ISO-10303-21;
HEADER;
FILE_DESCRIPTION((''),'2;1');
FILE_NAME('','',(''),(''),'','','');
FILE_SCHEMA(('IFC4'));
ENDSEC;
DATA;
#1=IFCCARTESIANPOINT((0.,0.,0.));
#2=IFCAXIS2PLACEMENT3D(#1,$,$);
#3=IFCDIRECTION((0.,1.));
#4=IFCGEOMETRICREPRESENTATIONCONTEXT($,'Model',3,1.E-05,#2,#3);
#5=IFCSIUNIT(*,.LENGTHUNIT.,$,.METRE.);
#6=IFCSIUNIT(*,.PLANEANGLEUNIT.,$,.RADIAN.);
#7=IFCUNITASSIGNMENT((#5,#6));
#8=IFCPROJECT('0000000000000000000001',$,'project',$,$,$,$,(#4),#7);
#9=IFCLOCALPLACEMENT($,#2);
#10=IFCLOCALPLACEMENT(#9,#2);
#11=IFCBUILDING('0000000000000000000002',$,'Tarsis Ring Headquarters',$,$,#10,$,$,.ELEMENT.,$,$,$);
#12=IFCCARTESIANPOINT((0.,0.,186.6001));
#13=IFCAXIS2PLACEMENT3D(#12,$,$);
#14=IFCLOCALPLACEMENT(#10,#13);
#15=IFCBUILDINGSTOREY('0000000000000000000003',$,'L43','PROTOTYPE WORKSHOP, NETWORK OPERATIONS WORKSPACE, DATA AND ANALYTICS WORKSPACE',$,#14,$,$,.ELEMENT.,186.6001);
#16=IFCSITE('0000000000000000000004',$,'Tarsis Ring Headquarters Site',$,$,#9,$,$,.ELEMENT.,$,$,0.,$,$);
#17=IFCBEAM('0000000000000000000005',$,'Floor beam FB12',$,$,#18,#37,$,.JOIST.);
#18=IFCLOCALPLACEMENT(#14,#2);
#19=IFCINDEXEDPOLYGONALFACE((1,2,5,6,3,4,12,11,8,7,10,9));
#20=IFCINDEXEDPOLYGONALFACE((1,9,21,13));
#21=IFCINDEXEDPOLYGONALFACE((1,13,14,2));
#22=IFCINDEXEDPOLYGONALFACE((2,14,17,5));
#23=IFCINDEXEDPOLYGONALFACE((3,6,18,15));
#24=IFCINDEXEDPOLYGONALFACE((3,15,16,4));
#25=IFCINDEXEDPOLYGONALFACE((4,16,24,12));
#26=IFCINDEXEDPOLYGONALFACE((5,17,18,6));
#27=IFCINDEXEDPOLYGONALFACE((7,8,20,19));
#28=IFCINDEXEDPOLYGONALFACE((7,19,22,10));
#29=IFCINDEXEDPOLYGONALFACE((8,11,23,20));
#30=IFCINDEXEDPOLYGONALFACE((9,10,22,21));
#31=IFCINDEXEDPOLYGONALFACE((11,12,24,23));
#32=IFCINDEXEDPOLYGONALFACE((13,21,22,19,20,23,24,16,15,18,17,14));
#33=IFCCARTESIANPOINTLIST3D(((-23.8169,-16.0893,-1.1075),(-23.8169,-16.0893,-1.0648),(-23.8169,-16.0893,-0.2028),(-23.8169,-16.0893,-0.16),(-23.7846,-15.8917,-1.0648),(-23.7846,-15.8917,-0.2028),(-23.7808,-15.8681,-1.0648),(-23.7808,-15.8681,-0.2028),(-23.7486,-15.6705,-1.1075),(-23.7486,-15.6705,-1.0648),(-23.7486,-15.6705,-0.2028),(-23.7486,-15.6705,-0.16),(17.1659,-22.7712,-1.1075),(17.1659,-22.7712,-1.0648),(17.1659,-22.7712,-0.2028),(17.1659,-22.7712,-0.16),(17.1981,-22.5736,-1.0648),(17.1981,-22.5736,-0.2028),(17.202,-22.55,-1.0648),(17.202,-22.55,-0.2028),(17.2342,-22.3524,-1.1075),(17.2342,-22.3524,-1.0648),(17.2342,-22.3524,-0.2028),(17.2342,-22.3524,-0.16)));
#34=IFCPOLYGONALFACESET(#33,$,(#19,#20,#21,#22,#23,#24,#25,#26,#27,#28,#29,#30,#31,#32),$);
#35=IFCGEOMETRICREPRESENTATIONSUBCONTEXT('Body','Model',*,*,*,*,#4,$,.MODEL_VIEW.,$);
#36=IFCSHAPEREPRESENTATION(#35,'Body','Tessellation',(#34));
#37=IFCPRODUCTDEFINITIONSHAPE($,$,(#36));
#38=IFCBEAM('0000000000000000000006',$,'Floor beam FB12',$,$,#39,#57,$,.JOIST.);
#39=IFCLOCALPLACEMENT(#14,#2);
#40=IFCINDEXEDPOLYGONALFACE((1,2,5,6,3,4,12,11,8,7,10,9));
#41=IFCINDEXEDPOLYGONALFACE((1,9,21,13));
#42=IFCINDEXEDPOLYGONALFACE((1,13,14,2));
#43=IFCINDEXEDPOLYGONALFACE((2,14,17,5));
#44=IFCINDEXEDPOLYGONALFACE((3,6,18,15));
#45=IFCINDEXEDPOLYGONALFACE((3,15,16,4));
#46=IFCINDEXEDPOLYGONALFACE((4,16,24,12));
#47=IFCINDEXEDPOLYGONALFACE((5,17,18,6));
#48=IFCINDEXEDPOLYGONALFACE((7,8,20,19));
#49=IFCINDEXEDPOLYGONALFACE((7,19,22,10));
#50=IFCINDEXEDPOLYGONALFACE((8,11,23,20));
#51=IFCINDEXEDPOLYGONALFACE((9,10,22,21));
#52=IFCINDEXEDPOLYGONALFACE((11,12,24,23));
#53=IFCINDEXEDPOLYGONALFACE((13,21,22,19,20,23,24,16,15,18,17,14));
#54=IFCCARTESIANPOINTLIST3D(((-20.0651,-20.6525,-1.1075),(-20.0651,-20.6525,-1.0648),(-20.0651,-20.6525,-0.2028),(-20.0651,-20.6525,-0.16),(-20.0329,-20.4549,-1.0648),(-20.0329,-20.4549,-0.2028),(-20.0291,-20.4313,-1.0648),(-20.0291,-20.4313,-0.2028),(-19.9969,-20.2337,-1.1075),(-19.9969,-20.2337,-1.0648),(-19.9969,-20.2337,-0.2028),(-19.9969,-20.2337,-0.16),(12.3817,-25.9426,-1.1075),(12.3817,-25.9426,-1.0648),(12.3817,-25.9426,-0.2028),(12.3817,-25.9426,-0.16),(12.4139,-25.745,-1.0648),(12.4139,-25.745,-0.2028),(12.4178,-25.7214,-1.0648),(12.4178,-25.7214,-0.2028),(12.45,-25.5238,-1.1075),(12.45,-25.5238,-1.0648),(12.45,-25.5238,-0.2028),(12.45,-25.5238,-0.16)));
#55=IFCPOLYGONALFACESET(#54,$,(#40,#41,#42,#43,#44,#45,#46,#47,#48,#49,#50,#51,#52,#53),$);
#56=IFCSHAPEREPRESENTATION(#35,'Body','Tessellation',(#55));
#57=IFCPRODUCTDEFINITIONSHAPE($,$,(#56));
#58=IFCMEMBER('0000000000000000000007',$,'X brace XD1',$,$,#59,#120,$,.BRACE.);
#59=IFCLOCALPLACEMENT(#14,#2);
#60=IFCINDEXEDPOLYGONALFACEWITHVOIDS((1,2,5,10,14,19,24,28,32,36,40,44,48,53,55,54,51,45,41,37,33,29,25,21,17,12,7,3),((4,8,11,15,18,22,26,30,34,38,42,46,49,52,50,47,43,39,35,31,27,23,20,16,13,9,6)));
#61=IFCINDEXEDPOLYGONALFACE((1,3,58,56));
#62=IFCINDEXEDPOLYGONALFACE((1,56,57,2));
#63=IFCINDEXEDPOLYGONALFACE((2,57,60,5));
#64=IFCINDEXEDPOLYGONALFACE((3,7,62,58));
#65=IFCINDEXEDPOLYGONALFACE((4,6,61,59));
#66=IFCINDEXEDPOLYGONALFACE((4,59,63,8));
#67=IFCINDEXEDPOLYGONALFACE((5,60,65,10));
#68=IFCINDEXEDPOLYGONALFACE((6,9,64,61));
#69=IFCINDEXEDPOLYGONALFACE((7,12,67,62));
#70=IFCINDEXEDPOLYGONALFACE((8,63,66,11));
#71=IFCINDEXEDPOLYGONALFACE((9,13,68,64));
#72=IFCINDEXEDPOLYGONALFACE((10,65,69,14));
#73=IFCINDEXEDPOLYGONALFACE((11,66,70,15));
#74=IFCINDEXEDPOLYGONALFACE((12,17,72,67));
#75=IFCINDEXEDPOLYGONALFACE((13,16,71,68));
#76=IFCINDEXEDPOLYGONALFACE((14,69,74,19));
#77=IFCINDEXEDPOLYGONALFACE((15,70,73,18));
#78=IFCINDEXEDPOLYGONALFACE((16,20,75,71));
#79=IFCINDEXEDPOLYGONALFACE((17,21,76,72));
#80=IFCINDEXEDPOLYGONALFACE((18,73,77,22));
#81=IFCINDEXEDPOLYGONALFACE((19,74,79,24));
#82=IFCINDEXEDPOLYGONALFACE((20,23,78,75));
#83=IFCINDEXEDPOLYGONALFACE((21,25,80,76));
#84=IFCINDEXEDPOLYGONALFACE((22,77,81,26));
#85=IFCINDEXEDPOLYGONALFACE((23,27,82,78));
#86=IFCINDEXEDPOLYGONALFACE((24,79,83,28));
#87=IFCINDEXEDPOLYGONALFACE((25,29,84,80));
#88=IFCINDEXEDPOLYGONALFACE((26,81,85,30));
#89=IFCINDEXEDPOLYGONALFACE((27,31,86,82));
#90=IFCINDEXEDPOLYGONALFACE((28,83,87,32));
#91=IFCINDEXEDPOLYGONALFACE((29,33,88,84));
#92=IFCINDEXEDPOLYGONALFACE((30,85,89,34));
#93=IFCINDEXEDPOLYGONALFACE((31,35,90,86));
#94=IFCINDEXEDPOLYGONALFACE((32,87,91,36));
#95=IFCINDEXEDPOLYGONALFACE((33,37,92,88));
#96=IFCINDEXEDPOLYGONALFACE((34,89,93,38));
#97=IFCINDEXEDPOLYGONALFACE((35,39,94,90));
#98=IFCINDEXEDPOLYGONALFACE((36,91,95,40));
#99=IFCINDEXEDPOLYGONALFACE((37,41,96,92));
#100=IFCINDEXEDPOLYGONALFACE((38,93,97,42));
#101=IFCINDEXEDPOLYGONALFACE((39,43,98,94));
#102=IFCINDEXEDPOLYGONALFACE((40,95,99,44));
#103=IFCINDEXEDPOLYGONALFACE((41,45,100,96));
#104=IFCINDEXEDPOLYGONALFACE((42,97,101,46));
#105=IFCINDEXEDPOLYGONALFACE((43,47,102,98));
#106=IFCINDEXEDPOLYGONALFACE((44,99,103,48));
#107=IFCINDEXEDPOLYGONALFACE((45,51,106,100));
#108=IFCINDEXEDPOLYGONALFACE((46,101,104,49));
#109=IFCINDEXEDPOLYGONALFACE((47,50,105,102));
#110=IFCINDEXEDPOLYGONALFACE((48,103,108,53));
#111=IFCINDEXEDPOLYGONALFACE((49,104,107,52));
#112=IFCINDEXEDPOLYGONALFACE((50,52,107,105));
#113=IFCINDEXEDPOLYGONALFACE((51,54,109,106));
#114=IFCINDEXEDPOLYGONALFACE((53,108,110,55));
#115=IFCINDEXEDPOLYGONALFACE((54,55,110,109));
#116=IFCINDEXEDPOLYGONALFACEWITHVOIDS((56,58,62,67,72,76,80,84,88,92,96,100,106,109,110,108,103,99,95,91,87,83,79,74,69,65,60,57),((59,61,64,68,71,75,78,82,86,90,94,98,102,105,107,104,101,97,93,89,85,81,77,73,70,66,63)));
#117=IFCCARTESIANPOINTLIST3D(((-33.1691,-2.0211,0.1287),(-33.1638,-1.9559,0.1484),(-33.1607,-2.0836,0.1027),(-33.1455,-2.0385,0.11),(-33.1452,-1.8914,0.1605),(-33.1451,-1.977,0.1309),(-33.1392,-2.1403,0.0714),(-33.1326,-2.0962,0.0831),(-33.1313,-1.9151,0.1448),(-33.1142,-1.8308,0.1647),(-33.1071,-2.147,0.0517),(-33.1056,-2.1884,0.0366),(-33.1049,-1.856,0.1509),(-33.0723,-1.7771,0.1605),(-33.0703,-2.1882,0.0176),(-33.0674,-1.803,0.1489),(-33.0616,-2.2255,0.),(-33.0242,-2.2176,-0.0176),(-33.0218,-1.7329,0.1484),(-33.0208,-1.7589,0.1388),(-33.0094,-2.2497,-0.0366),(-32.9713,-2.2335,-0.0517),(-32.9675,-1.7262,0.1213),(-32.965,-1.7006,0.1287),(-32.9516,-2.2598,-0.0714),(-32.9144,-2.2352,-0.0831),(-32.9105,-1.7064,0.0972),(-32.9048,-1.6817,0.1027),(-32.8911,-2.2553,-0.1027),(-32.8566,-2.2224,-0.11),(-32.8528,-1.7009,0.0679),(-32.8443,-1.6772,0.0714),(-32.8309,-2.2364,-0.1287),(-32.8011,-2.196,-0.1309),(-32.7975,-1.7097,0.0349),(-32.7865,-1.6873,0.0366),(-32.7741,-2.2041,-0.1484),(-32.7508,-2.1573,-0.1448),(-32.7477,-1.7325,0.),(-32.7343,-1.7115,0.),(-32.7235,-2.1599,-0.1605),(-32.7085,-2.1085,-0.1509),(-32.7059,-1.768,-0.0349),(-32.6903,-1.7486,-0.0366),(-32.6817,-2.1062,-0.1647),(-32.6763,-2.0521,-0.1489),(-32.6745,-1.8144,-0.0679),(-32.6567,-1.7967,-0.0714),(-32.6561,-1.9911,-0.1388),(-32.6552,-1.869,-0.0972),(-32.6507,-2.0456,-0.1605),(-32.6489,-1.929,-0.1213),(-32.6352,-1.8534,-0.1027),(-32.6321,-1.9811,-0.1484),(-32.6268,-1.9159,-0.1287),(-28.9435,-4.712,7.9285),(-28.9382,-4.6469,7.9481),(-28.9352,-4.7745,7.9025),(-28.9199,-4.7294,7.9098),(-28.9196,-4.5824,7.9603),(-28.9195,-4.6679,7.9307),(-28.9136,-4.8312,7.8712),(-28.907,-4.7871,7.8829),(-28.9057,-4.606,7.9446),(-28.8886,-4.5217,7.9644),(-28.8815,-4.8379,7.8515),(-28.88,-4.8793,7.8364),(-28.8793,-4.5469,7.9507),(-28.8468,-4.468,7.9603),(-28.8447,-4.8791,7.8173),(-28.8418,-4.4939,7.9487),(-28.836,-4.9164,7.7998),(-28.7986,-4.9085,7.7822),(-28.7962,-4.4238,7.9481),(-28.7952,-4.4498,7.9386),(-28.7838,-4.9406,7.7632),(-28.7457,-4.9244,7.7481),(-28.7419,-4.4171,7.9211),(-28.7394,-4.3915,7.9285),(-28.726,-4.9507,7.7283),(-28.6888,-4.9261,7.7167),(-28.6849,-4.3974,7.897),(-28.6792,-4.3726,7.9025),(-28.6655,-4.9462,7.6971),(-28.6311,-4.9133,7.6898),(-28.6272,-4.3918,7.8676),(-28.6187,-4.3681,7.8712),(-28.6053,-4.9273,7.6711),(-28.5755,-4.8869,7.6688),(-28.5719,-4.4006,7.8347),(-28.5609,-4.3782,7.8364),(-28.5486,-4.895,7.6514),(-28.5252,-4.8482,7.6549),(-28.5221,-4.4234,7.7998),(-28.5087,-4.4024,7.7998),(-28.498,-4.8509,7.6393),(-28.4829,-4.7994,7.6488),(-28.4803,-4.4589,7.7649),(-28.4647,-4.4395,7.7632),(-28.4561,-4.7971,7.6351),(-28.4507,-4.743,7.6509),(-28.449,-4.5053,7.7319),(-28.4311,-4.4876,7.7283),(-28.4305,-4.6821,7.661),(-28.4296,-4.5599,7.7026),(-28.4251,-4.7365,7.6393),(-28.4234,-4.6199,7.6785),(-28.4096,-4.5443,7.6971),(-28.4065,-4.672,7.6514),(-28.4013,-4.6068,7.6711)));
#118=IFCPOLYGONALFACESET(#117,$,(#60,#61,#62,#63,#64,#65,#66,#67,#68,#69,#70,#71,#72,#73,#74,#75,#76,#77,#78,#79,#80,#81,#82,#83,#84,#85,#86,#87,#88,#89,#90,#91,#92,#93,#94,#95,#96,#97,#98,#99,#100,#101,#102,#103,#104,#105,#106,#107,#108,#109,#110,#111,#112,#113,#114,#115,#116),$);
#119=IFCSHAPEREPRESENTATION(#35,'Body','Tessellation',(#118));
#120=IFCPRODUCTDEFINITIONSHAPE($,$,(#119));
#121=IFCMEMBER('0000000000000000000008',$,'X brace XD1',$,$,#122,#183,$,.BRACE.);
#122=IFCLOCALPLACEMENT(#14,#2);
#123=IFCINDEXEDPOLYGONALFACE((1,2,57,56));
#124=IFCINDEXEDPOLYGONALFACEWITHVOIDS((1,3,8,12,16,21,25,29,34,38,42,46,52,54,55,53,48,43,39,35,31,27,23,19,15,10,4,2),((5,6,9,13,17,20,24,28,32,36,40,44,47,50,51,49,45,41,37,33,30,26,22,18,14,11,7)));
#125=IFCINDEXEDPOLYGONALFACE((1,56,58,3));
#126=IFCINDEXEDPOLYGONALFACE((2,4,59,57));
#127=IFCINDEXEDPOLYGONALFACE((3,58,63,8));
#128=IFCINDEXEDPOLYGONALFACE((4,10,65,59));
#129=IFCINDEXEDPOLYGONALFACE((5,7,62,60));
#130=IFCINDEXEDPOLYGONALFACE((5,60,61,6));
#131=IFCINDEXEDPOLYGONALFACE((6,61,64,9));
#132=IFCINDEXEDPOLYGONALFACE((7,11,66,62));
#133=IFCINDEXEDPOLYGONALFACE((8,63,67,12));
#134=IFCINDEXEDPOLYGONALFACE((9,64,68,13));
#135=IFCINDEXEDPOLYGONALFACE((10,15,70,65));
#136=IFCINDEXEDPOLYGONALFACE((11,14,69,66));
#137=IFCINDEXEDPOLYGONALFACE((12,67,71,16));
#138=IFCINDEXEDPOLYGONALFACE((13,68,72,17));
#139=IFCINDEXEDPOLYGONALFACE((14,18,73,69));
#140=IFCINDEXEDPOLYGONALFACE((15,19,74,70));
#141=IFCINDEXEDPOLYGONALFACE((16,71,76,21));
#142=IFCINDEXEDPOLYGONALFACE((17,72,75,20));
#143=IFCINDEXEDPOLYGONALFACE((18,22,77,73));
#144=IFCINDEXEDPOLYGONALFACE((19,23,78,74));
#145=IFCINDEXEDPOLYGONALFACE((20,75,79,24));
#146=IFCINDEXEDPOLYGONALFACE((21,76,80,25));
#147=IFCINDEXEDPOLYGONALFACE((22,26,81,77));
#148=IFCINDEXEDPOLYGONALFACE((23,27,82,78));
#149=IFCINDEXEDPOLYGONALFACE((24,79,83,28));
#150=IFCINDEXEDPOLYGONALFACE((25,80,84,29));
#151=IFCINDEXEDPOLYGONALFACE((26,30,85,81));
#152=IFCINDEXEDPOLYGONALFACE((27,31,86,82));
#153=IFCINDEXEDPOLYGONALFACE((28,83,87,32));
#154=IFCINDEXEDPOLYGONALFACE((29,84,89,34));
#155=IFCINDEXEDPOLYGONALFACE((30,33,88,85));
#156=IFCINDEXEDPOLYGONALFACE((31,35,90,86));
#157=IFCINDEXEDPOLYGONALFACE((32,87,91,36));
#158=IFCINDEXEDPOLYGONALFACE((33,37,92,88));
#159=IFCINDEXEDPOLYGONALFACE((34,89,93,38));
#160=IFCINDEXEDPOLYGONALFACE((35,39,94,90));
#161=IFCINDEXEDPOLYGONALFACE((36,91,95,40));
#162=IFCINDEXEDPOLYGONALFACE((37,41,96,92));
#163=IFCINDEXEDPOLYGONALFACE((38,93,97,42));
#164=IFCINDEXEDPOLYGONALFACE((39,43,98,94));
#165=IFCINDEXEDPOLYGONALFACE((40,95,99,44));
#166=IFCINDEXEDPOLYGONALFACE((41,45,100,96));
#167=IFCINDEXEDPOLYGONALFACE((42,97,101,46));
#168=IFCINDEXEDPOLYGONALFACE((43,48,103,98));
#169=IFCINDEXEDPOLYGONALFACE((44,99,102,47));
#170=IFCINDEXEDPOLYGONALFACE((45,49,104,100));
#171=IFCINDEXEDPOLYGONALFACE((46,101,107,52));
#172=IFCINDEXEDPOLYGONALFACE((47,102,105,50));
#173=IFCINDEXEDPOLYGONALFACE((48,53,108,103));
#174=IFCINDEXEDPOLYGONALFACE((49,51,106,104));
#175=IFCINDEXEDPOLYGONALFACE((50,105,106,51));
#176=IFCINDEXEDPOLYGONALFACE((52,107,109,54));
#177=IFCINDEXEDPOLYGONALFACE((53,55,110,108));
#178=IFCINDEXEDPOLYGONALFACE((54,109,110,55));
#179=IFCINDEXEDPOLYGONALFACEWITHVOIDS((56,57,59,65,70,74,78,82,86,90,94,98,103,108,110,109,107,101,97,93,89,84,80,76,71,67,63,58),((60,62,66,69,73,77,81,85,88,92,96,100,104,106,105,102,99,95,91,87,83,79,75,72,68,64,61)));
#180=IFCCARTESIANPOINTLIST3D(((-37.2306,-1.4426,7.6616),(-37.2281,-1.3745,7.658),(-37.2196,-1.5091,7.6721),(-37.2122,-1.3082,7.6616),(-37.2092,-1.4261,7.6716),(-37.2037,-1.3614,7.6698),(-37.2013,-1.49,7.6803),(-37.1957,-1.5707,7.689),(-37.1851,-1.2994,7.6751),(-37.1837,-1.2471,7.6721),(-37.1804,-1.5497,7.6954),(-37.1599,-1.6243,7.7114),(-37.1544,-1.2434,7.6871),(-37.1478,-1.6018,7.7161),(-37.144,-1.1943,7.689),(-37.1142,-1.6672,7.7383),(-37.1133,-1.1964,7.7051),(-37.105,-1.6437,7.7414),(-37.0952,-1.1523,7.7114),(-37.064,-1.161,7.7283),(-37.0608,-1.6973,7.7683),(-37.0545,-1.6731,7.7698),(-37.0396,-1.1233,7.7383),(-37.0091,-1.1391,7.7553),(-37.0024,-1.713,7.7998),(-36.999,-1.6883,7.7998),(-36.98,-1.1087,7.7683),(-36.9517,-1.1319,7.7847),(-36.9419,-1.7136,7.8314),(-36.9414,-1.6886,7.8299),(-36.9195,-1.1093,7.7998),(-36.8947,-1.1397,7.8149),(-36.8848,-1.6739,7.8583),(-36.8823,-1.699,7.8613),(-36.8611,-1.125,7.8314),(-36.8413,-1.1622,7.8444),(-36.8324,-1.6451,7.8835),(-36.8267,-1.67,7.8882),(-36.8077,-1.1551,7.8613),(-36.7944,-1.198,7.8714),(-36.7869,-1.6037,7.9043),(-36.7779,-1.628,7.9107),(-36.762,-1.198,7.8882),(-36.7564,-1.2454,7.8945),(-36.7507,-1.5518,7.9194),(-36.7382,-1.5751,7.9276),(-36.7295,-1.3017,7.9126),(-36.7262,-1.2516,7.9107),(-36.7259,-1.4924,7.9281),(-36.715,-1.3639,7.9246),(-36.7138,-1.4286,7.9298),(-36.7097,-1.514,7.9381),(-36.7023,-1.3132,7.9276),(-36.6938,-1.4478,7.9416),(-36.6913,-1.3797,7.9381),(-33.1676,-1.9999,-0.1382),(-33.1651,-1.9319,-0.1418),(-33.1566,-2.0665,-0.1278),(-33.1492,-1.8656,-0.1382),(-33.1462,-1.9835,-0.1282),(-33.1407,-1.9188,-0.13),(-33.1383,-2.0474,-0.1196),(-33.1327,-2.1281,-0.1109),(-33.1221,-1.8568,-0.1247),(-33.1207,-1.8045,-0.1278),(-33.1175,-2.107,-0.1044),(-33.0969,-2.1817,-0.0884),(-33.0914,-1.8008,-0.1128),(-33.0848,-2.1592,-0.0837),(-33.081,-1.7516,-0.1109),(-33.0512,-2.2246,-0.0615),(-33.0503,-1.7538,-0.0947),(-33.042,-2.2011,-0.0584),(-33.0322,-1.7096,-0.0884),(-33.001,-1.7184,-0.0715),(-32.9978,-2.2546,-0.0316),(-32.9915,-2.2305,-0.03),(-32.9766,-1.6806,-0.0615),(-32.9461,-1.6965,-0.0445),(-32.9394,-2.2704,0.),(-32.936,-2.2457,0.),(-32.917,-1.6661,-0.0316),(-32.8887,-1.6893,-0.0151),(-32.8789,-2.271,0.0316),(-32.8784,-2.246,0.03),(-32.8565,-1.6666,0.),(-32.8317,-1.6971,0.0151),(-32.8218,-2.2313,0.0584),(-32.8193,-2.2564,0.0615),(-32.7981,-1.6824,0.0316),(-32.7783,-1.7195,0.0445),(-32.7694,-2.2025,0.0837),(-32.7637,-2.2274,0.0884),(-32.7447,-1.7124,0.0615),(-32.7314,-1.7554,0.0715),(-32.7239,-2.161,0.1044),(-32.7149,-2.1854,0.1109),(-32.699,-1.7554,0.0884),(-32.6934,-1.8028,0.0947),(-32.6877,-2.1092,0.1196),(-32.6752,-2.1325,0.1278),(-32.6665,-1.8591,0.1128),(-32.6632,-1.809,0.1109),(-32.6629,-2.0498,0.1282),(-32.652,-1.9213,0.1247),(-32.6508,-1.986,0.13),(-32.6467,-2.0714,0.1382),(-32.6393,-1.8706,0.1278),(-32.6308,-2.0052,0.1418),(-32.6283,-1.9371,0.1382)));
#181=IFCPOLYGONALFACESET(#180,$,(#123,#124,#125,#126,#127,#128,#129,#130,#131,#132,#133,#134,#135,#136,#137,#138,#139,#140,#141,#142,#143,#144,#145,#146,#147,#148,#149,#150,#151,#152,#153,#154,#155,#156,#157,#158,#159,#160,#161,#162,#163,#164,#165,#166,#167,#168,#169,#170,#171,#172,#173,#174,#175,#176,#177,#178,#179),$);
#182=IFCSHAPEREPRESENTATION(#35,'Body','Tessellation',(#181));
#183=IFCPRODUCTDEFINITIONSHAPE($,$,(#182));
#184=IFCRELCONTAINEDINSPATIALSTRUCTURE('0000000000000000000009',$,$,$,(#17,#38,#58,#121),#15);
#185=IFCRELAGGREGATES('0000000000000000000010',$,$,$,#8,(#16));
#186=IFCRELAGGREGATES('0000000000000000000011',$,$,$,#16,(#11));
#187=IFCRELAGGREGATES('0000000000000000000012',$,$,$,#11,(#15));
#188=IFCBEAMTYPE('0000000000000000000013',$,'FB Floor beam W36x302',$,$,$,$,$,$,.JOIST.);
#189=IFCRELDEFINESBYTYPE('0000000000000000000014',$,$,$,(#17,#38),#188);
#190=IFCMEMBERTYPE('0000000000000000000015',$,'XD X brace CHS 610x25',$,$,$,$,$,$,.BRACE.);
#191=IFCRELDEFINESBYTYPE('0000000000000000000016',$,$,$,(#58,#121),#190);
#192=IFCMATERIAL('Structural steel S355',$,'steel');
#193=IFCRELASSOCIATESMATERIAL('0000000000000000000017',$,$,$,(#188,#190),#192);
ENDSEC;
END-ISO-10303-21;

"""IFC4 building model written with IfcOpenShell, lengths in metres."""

from ifc_helpers import new_model, si_unit, direction, frame, origin, origin_2d, place, context, subcontext, project, spatial, hollow_circle, i_section, extrude, material, material_profile, profile_set, type_object, element, save


model = new_model("IFC4")

# Units and contexts
model_context = context("Model", 3, precision=1e-05, world=origin(), true_north=direction((0.0, 1.0)))
body_context = subcontext(model_context, "Body", "Model", "MODEL_VIEW")
ifc_project = project(units=[si_unit("LENGTHUNIT", "METRE"), si_unit("PLANEANGLEUNIT", "RADIAN")], contexts=[model_context])

# Site, building, storey
site_placement = place(None, origin())
site = spatial("IfcSite", under=ifc_project, at=site_placement, Name="Tarsis Ring Headquarters Site", CompositionType="ELEMENT", RefElevation=0.0)
building_placement = place(site_placement, origin())
building = spatial("IfcBuilding", under=site, at=building_placement, Name="Tarsis Ring Headquarters", CompositionType="ELEMENT")
storey_placement = place(building_placement, frame((0.0, 0.0, 186.6001)))
storey = spatial("IfcBuildingStorey", under=building, at=storey_placement, Name="L43", Description="PROTOTYPE WORKSHOP, NETWORK OPERATIONS WORKSPACE, DATA AND ANALYTICS WORKSPACE", CompositionType="ELEMENT", Elevation=186.6001)

# Shared definitions
ifc_material_1 = material(Name="Structural steel S355", Category="steel")

# Beams
ifc_material_profile_1 = material_profile(ifc_material_1, i_section(OverallWidth=0.4243, OverallDepth=0.9475, WebThickness=0.0239, FlangeThickness=0.0427, at=origin_2d()), Name="W36x302")
ifc_profile_set_1 = profile_set([ifc_material_profile_1], Name="Structural steel S355")
beam_type_1 = type_object("IfcBeamType", Name="FB Floor beam W36x302", PredefinedType="JOIST", material=ifc_profile_set_1)
beam_1_placement = place(storey_placement, frame((-23.7827, -15.8799, -0.6338), z_axis=(0.986968, -0.160917, 0.0), x_axis=(0.160917, 0.986968, 0.0)))
element("IfcBeam", 1, at=beam_1_placement, inside=storey, type_object=beam_type_1, Name="Floor beam FB12", PredefinedType="JOIST", context=body_context, shape_type="SweptSolid", body=[
    extrude(i_section(OverallWidth=0.4243, OverallDepth=0.9475, WebThickness=0.0239, FlangeThickness=0.0427, at=origin_2d()), origin(), (0.0, 0.0, 1.0), 41.5239),
])
beam_2_placement = place(storey_placement, frame((-20.031, -20.4431, -0.6338), z_axis=(0.986969, -0.160913, 0.0), x_axis=(0.160913, 0.986969, 0.0)))
element("IfcBeam", 2, at=beam_2_placement, inside=storey, type_object=beam_type_1, Name="Floor beam FB12", PredefinedType="JOIST", context=body_context, shape_type="SweptSolid", body=[
    extrude(i_section(OverallWidth=0.4243, OverallDepth=0.9475, WebThickness=0.0239, FlangeThickness=0.0427, at=origin_2d()), origin(), (0.0, 0.0, 1.0), 32.8752),
])

# Members
ifc_material_profile_2 = material_profile(ifc_material_1, hollow_circle(Radius=0.3047, WallThickness=0.0249, at=origin_2d()), Name="CHS 610x25")
ifc_profile_set_2 = profile_set([ifc_material_profile_2], Name="Structural steel S355")
member_type = type_object("IfcMemberType", Name="XD X brace CHS 610x25", PredefinedType="BRACE", material=ifc_profile_set_2)
member_1_placement = place(storey_placement, frame((-32.8979, -1.9685, 0.0), z_axis=(0.455833, -0.290281, 0.8414), x_axis=(0.537147, 0.843489, 0.0)))
element("IfcMember", 3, at=member_1_placement, inside=storey, type_object=member_type, Name="X brace XD1", PredefinedType="BRACE", context=body_context, shape_type="SweptSolid", body=[
    extrude(hollow_circle(Radius=0.3047, WallThickness=0.0249, at=origin_2d()), origin(), (0.0, 0.0, 1.0), 9.27),
])
member_2_placement = place(storey_placement, frame((-32.8979, -1.9685, 0.0), z_axis=(-0.461062, 0.06325, 0.885111), x_axis=(-0.13591, -0.990721, 0.0)))
element("IfcMember", 4, at=member_2_placement, inside=storey, type_object=member_type, Name="X brace XD1", PredefinedType="BRACE", context=body_context, shape_type="SweptSolid", body=[
    extrude(hollow_circle(Radius=0.3047, WallThickness=0.0249, at=origin_2d()), origin(), (0.0, 0.0, 1.0), 8.8123),
])

save(model, "model.ifc")
